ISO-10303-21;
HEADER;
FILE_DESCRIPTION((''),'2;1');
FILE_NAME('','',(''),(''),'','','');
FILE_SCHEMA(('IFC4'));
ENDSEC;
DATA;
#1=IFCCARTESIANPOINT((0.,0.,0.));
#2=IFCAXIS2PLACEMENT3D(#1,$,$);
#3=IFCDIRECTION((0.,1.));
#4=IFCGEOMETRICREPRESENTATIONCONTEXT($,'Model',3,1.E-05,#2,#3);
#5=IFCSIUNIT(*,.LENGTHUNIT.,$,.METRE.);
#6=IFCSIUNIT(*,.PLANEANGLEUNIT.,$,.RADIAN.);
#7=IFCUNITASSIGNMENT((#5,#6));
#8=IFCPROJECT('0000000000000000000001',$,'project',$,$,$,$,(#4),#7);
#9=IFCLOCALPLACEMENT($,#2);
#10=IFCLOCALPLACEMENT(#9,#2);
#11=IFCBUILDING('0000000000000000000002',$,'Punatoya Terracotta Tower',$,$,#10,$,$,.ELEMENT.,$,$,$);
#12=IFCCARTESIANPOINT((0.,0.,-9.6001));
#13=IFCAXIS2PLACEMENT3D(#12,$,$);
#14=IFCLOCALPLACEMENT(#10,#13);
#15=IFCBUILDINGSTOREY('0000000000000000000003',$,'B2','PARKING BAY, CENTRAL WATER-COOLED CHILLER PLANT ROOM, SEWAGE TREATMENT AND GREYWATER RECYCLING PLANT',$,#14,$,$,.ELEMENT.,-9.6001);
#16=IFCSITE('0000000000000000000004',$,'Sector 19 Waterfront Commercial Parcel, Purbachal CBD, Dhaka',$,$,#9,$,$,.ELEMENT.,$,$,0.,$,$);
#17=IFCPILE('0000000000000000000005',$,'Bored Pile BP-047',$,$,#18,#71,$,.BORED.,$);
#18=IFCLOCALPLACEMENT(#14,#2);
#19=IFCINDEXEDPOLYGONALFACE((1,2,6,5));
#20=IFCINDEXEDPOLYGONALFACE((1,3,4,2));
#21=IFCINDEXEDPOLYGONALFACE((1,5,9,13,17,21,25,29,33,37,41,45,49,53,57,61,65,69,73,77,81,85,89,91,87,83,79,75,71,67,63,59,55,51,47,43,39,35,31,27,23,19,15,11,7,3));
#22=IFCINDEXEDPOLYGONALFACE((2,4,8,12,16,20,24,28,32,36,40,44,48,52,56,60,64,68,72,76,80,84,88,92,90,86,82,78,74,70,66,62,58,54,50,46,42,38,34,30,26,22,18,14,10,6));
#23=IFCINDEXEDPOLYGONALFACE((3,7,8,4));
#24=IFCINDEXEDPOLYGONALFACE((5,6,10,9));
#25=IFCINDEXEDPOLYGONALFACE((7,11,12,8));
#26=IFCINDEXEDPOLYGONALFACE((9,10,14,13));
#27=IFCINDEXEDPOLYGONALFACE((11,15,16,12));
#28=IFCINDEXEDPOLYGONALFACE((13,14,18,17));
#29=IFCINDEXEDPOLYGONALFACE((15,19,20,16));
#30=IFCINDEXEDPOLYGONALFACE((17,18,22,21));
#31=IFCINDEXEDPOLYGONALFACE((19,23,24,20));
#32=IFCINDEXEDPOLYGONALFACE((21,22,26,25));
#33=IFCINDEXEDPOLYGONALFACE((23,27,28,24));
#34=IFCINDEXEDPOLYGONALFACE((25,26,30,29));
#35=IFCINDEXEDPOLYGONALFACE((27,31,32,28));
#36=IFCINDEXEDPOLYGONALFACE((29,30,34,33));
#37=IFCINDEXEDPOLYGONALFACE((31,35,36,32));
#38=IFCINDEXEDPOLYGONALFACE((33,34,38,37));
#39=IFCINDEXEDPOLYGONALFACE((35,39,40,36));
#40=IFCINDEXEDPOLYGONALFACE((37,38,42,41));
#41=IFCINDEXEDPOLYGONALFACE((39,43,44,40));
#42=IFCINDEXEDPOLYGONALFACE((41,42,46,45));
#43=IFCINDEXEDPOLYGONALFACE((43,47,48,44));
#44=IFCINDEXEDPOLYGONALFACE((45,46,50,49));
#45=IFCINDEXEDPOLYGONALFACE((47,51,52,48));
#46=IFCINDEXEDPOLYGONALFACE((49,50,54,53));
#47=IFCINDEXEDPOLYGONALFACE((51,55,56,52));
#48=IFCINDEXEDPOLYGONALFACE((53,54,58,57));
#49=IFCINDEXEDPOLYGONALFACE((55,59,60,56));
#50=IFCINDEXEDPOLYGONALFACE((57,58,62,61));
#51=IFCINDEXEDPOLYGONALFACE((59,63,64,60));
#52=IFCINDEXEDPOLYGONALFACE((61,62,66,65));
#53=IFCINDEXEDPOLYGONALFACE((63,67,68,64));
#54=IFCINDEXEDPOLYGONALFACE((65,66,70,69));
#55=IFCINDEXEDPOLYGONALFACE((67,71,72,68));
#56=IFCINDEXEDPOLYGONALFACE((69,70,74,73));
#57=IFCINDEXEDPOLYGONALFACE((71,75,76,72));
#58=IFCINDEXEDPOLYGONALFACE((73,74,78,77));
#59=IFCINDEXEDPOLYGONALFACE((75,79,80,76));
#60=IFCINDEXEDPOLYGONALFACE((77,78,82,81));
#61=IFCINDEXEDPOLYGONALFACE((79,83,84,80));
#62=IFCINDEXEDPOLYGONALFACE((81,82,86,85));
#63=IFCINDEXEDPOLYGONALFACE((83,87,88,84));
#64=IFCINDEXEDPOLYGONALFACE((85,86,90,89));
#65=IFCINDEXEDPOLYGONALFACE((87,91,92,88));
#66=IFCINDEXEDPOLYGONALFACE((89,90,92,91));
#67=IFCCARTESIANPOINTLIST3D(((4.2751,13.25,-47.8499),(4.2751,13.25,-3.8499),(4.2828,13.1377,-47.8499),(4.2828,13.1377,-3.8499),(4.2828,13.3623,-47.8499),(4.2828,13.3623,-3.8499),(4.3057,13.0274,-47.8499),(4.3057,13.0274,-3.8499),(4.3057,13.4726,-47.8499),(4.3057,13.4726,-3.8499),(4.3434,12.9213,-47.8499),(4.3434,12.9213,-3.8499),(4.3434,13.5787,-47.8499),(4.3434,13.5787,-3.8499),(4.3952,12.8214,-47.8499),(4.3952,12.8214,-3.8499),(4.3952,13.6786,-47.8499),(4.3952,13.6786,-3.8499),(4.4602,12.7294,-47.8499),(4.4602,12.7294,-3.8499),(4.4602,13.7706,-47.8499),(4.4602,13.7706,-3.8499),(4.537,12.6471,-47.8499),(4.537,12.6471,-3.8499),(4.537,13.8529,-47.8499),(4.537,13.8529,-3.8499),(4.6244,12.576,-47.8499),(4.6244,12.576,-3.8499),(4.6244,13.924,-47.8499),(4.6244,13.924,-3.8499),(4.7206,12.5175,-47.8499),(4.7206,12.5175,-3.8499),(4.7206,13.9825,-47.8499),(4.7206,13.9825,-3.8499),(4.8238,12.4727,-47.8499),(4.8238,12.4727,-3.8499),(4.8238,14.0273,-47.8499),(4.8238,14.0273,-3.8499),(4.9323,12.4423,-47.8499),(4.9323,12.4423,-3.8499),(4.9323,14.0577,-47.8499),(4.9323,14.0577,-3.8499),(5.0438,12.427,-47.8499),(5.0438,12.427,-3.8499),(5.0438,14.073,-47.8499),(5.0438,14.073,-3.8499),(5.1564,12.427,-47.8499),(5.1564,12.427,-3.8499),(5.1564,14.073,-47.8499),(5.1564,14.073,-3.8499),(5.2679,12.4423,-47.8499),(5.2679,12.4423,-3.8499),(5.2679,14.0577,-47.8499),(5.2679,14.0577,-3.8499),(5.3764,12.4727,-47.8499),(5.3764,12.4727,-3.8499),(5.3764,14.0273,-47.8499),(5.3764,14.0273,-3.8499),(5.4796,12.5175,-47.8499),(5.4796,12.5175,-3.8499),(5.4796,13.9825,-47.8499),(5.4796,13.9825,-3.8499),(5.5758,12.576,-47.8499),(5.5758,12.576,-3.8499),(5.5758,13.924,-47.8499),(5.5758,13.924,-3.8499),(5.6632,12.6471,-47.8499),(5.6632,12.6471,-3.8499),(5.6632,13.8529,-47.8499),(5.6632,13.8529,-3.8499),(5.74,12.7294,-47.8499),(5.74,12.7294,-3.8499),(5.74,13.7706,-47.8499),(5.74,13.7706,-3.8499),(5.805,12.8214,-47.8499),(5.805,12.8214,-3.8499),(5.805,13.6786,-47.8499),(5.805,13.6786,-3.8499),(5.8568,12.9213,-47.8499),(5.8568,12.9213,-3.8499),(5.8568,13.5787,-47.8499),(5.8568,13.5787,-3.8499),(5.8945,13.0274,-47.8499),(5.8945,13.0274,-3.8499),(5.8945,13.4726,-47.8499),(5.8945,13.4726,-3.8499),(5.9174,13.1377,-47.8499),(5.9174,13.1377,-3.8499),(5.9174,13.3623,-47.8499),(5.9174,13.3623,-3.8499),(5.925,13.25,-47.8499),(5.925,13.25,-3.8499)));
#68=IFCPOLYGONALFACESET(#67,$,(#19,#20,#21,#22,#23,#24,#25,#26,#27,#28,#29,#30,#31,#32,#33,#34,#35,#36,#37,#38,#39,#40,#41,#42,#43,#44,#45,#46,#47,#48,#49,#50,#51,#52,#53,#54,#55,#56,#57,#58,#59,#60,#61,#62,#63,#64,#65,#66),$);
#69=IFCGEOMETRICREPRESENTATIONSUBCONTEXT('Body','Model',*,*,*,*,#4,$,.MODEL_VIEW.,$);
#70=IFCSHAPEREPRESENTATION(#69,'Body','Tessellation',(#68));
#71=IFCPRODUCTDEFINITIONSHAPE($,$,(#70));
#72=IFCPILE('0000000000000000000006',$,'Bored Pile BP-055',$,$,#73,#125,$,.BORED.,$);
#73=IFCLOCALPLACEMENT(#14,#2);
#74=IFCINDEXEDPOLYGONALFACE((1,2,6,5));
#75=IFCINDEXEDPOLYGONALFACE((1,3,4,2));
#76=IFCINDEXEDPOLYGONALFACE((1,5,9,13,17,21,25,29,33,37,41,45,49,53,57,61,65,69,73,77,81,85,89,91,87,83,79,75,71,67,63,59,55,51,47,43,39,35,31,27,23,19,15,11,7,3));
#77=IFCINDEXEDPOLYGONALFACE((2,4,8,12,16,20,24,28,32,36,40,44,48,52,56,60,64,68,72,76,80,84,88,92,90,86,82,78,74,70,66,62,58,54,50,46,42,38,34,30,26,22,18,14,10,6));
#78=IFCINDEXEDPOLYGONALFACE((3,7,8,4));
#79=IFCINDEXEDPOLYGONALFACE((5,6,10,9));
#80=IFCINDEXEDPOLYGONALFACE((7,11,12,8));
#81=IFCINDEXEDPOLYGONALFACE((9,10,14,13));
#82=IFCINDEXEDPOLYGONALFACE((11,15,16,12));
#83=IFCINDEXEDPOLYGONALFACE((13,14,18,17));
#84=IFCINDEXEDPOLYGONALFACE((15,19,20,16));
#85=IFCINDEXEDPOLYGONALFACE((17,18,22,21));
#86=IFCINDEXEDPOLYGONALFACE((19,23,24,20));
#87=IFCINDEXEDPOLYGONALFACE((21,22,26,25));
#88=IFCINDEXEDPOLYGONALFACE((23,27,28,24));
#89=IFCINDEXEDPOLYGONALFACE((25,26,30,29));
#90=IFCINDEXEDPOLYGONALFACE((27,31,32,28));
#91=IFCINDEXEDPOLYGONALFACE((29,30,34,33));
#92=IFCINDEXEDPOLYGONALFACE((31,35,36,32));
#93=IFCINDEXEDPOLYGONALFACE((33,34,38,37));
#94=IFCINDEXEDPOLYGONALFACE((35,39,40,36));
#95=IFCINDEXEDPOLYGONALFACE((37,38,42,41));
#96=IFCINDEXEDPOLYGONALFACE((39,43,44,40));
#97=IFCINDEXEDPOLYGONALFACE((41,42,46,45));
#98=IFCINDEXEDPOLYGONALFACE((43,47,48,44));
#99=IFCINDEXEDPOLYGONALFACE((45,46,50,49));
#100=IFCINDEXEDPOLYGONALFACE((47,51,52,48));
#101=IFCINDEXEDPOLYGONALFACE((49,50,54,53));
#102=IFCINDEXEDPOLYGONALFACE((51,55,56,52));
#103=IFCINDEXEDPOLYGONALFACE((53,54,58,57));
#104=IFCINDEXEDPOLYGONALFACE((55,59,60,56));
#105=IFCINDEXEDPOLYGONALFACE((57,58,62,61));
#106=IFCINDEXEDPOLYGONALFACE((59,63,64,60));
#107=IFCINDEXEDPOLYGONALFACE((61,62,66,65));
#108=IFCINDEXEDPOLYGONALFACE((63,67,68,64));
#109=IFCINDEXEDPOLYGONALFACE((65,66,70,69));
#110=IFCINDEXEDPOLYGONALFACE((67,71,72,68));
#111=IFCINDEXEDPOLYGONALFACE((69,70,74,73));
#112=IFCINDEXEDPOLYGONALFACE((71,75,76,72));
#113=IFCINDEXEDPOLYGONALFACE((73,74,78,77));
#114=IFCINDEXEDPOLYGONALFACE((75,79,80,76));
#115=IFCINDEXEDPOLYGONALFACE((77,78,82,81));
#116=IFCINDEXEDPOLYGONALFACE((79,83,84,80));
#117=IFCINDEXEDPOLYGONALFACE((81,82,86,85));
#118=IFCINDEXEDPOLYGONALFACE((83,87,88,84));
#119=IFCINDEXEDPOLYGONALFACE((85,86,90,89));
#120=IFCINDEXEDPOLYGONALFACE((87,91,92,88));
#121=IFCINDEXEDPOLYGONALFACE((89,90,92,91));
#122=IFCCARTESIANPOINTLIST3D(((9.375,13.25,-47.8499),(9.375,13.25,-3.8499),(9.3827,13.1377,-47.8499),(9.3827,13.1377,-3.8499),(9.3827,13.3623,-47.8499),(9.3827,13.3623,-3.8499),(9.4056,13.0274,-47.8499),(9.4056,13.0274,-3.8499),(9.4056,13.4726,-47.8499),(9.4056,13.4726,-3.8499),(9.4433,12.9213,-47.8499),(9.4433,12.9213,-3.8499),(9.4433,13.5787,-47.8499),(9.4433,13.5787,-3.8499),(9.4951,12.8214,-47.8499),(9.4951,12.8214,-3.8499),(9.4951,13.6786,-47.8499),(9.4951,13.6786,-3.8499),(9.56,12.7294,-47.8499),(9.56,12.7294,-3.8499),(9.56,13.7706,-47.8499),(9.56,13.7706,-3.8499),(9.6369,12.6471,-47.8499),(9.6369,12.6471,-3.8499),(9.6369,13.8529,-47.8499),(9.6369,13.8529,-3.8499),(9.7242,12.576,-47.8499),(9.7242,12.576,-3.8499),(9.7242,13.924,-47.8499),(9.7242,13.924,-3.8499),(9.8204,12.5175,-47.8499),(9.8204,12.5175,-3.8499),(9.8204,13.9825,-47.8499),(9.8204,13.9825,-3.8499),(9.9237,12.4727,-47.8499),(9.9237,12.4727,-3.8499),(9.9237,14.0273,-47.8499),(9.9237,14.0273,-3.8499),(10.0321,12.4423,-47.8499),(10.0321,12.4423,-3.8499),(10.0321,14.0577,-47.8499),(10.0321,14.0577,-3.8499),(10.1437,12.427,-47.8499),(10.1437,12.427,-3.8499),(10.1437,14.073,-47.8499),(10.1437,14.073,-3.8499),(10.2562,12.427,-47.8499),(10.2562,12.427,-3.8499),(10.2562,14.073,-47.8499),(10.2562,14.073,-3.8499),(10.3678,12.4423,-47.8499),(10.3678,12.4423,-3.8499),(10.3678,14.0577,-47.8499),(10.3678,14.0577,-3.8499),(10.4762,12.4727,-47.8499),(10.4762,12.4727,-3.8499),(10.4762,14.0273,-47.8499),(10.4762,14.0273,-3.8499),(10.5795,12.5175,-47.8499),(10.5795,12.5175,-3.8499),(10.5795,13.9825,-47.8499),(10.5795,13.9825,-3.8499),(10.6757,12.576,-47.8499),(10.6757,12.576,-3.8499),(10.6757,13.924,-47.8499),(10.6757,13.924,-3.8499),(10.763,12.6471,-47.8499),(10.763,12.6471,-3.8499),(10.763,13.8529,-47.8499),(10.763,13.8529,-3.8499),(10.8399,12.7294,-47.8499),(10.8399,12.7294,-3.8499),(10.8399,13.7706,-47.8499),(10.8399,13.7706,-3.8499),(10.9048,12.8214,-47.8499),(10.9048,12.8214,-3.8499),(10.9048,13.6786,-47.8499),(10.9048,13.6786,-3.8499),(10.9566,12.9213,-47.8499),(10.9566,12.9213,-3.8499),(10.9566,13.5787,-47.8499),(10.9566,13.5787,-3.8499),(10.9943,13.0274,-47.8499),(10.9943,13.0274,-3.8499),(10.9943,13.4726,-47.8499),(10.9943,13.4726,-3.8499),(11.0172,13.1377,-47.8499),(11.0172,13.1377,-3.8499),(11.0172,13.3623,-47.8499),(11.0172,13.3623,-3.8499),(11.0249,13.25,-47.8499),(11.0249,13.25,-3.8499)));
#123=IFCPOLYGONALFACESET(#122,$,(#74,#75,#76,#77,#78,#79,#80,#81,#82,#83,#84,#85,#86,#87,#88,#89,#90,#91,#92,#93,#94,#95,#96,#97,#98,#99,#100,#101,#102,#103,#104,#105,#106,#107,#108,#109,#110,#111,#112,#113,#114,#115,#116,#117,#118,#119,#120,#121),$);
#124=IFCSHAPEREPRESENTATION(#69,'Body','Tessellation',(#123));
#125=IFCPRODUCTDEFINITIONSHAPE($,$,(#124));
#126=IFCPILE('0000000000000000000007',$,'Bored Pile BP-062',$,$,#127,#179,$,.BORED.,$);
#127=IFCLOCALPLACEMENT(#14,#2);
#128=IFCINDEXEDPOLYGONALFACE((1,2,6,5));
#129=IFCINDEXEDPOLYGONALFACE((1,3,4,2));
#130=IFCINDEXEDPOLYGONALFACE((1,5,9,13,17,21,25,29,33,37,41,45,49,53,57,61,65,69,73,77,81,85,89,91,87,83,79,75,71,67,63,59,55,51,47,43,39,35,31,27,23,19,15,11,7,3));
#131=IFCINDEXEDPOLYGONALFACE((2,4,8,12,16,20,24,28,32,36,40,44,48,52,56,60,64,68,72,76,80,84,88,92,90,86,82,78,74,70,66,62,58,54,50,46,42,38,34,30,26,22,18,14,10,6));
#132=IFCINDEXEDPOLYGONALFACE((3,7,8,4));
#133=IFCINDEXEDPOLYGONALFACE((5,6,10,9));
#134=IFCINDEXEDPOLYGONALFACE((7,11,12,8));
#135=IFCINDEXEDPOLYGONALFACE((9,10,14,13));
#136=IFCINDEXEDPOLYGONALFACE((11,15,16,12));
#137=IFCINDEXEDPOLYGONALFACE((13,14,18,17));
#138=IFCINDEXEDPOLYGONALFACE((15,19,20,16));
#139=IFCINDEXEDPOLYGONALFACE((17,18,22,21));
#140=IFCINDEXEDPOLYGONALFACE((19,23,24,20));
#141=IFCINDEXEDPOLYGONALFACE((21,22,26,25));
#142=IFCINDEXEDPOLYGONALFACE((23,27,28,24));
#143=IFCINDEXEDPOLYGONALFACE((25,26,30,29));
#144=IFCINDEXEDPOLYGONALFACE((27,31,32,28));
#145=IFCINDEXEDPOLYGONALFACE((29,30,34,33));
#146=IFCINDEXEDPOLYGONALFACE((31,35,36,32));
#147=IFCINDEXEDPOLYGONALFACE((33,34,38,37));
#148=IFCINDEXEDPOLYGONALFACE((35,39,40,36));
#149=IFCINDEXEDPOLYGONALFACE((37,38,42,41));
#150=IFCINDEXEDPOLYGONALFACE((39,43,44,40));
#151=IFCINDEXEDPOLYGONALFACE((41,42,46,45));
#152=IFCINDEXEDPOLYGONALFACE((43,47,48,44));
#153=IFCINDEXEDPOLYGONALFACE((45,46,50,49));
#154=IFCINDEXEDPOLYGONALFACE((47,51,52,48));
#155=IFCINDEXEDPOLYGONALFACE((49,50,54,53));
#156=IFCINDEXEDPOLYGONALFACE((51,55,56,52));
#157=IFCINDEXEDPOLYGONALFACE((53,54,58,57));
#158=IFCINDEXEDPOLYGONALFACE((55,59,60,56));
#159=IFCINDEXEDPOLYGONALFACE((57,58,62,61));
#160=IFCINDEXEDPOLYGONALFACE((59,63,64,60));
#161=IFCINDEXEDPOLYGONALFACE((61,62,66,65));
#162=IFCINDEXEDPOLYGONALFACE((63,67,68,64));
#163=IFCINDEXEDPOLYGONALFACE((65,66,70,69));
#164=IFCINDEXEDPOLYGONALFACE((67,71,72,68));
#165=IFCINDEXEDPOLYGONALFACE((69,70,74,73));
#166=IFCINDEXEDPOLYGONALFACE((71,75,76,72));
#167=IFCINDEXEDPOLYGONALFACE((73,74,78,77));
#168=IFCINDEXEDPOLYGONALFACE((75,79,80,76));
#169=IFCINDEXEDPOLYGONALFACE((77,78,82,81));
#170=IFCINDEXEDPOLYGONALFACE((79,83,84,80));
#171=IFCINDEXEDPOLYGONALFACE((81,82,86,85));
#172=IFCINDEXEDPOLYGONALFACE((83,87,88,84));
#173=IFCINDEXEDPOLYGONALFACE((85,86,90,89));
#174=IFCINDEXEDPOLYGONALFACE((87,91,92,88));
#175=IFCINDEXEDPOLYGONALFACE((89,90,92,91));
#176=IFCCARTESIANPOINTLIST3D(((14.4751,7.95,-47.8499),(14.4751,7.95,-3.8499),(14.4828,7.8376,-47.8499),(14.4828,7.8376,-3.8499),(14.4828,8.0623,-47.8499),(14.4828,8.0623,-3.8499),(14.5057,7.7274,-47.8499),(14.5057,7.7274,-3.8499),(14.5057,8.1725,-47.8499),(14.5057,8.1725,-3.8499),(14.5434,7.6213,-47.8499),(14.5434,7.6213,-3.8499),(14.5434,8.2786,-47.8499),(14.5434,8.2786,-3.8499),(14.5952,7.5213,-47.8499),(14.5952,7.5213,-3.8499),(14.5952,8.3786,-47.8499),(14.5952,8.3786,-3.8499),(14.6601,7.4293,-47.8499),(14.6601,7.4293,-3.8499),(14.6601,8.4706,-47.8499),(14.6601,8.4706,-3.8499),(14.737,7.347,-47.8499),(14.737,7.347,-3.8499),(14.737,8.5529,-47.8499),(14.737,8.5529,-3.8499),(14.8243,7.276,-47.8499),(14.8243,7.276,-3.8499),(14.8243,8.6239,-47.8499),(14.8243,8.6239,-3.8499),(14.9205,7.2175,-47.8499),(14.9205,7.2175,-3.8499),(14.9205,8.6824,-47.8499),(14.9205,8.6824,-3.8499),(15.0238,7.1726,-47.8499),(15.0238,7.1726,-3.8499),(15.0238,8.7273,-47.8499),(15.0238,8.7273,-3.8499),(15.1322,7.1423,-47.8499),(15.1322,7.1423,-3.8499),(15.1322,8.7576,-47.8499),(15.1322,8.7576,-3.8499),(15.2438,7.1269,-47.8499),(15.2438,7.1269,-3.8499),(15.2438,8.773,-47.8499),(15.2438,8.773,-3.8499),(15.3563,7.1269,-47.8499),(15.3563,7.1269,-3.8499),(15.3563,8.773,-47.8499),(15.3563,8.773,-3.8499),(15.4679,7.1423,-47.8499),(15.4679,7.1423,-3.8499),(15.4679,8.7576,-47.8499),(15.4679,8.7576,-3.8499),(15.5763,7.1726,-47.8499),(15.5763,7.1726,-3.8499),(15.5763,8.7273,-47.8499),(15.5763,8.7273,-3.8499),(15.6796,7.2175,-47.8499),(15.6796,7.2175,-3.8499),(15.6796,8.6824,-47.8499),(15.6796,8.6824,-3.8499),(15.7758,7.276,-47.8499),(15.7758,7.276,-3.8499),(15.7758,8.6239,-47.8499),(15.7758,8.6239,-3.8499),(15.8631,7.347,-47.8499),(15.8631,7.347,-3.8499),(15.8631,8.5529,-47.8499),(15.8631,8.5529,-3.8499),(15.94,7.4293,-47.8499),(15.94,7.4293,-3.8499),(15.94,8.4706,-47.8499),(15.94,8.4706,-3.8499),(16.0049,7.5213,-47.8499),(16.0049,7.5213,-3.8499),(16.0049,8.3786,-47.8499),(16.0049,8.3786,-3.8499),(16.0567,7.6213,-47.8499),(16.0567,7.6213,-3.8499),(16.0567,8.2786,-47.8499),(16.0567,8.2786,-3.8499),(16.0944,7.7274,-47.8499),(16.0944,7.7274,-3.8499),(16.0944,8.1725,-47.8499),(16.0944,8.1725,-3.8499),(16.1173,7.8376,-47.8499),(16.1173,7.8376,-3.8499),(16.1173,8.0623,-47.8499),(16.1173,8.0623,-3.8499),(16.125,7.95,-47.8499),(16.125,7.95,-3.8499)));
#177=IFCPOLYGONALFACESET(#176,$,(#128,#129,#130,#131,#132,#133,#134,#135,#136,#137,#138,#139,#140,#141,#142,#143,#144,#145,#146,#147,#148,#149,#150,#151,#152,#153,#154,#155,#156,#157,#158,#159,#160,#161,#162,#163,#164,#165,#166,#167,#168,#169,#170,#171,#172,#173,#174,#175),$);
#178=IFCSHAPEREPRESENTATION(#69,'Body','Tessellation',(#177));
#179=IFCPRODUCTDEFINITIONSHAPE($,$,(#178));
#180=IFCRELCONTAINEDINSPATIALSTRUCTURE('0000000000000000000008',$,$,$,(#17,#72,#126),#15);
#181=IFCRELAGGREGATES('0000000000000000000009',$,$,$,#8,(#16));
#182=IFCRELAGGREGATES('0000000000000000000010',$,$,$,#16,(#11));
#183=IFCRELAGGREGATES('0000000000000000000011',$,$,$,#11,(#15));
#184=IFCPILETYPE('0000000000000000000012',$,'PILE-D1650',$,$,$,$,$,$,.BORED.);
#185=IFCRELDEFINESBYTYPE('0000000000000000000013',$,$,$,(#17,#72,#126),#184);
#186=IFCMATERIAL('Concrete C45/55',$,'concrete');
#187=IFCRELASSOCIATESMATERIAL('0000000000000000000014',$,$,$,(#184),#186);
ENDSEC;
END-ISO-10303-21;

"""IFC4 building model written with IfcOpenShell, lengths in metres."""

from ifc_helpers import new_model, si_unit, direction, frame, origin, origin_2d, place, context, subcontext, project, spatial, circle, extrude, material, material_profile, profile_set, type_object, element, save


model = new_model("IFC4")

# Units and contexts
model_context = context("Model", 3, precision=1e-05, world=origin(), true_north=direction((0.0, 1.0)))
body_context = subcontext(model_context, "Body", "Model", "MODEL_VIEW")
ifc_project = project(units=[si_unit("LENGTHUNIT", "METRE"), si_unit("PLANEANGLEUNIT", "RADIAN")], contexts=[model_context])

# Site, building, storey
site_placement = place(None, origin())
site = spatial("IfcSite", under=ifc_project, at=site_placement, Name="Sector 19 Waterfront Commercial Parcel, Purbachal CBD, Dhaka", CompositionType="ELEMENT", RefElevation=0.0)
building_placement = place(site_placement, origin())
building = spatial("IfcBuilding", under=site, at=building_placement, Name="Punatoya Terracotta Tower", CompositionType="ELEMENT")
storey_placement = place(building_placement, frame((0.0, 0.0, -9.6001)))
storey = spatial("IfcBuildingStorey", under=building, at=storey_placement, Name="B2", Description="PARKING BAY, CENTRAL WATER-COOLED CHILLER PLANT ROOM, SEWAGE TREATMENT AND GREYWATER RECYCLING PLANT", CompositionType="ELEMENT", Elevation=-9.6001)

# Shared definitions
ifc_material_1 = material(Name="Concrete C45/55", Category="concrete")

# Piles
ifc_material_profile_1 = material_profile(ifc_material_1, circle(Radius=0.825, at=origin_2d()))
ifc_profile_set_1 = profile_set([ifc_material_profile_1], Name="Concrete C45/55")
pile_type_1 = type_object("IfcPileType", Name="PILE-D1650", PredefinedType="BORED", material=ifc_profile_set_1)
for number, where, z_axis, x_axis, name in (
    (1, (5.1001, 13.25, -3.8499), (0.0, 0.0, -1.0), (1.0, 0.0, 0.0), "Bored Pile BP-047"),
    (2, (10.2, 13.25, -3.8499), (0.0, 0.0, -1.0), (1.0, 0.0, 0.0), "Bored Pile BP-055"),
    (3, (15.3, 7.95, -3.8499), (0.0, 0.0, -1.0), (1.0, 0.0, 0.0), "Bored Pile BP-062"),
):
    element("IfcPile", number, at=place(storey_placement, frame(where, z_axis=z_axis, x_axis=x_axis)), inside=storey, type_object=pile_type_1, Name=name, PredefinedType="BORED", context=body_context, shape_type="SweptSolid", body=[
        extrude(circle(Radius=0.825, at=origin_2d()), origin(), (0.0, 0.0, 1.0), 44.0),
    ])

save(model, "model.ifc")
